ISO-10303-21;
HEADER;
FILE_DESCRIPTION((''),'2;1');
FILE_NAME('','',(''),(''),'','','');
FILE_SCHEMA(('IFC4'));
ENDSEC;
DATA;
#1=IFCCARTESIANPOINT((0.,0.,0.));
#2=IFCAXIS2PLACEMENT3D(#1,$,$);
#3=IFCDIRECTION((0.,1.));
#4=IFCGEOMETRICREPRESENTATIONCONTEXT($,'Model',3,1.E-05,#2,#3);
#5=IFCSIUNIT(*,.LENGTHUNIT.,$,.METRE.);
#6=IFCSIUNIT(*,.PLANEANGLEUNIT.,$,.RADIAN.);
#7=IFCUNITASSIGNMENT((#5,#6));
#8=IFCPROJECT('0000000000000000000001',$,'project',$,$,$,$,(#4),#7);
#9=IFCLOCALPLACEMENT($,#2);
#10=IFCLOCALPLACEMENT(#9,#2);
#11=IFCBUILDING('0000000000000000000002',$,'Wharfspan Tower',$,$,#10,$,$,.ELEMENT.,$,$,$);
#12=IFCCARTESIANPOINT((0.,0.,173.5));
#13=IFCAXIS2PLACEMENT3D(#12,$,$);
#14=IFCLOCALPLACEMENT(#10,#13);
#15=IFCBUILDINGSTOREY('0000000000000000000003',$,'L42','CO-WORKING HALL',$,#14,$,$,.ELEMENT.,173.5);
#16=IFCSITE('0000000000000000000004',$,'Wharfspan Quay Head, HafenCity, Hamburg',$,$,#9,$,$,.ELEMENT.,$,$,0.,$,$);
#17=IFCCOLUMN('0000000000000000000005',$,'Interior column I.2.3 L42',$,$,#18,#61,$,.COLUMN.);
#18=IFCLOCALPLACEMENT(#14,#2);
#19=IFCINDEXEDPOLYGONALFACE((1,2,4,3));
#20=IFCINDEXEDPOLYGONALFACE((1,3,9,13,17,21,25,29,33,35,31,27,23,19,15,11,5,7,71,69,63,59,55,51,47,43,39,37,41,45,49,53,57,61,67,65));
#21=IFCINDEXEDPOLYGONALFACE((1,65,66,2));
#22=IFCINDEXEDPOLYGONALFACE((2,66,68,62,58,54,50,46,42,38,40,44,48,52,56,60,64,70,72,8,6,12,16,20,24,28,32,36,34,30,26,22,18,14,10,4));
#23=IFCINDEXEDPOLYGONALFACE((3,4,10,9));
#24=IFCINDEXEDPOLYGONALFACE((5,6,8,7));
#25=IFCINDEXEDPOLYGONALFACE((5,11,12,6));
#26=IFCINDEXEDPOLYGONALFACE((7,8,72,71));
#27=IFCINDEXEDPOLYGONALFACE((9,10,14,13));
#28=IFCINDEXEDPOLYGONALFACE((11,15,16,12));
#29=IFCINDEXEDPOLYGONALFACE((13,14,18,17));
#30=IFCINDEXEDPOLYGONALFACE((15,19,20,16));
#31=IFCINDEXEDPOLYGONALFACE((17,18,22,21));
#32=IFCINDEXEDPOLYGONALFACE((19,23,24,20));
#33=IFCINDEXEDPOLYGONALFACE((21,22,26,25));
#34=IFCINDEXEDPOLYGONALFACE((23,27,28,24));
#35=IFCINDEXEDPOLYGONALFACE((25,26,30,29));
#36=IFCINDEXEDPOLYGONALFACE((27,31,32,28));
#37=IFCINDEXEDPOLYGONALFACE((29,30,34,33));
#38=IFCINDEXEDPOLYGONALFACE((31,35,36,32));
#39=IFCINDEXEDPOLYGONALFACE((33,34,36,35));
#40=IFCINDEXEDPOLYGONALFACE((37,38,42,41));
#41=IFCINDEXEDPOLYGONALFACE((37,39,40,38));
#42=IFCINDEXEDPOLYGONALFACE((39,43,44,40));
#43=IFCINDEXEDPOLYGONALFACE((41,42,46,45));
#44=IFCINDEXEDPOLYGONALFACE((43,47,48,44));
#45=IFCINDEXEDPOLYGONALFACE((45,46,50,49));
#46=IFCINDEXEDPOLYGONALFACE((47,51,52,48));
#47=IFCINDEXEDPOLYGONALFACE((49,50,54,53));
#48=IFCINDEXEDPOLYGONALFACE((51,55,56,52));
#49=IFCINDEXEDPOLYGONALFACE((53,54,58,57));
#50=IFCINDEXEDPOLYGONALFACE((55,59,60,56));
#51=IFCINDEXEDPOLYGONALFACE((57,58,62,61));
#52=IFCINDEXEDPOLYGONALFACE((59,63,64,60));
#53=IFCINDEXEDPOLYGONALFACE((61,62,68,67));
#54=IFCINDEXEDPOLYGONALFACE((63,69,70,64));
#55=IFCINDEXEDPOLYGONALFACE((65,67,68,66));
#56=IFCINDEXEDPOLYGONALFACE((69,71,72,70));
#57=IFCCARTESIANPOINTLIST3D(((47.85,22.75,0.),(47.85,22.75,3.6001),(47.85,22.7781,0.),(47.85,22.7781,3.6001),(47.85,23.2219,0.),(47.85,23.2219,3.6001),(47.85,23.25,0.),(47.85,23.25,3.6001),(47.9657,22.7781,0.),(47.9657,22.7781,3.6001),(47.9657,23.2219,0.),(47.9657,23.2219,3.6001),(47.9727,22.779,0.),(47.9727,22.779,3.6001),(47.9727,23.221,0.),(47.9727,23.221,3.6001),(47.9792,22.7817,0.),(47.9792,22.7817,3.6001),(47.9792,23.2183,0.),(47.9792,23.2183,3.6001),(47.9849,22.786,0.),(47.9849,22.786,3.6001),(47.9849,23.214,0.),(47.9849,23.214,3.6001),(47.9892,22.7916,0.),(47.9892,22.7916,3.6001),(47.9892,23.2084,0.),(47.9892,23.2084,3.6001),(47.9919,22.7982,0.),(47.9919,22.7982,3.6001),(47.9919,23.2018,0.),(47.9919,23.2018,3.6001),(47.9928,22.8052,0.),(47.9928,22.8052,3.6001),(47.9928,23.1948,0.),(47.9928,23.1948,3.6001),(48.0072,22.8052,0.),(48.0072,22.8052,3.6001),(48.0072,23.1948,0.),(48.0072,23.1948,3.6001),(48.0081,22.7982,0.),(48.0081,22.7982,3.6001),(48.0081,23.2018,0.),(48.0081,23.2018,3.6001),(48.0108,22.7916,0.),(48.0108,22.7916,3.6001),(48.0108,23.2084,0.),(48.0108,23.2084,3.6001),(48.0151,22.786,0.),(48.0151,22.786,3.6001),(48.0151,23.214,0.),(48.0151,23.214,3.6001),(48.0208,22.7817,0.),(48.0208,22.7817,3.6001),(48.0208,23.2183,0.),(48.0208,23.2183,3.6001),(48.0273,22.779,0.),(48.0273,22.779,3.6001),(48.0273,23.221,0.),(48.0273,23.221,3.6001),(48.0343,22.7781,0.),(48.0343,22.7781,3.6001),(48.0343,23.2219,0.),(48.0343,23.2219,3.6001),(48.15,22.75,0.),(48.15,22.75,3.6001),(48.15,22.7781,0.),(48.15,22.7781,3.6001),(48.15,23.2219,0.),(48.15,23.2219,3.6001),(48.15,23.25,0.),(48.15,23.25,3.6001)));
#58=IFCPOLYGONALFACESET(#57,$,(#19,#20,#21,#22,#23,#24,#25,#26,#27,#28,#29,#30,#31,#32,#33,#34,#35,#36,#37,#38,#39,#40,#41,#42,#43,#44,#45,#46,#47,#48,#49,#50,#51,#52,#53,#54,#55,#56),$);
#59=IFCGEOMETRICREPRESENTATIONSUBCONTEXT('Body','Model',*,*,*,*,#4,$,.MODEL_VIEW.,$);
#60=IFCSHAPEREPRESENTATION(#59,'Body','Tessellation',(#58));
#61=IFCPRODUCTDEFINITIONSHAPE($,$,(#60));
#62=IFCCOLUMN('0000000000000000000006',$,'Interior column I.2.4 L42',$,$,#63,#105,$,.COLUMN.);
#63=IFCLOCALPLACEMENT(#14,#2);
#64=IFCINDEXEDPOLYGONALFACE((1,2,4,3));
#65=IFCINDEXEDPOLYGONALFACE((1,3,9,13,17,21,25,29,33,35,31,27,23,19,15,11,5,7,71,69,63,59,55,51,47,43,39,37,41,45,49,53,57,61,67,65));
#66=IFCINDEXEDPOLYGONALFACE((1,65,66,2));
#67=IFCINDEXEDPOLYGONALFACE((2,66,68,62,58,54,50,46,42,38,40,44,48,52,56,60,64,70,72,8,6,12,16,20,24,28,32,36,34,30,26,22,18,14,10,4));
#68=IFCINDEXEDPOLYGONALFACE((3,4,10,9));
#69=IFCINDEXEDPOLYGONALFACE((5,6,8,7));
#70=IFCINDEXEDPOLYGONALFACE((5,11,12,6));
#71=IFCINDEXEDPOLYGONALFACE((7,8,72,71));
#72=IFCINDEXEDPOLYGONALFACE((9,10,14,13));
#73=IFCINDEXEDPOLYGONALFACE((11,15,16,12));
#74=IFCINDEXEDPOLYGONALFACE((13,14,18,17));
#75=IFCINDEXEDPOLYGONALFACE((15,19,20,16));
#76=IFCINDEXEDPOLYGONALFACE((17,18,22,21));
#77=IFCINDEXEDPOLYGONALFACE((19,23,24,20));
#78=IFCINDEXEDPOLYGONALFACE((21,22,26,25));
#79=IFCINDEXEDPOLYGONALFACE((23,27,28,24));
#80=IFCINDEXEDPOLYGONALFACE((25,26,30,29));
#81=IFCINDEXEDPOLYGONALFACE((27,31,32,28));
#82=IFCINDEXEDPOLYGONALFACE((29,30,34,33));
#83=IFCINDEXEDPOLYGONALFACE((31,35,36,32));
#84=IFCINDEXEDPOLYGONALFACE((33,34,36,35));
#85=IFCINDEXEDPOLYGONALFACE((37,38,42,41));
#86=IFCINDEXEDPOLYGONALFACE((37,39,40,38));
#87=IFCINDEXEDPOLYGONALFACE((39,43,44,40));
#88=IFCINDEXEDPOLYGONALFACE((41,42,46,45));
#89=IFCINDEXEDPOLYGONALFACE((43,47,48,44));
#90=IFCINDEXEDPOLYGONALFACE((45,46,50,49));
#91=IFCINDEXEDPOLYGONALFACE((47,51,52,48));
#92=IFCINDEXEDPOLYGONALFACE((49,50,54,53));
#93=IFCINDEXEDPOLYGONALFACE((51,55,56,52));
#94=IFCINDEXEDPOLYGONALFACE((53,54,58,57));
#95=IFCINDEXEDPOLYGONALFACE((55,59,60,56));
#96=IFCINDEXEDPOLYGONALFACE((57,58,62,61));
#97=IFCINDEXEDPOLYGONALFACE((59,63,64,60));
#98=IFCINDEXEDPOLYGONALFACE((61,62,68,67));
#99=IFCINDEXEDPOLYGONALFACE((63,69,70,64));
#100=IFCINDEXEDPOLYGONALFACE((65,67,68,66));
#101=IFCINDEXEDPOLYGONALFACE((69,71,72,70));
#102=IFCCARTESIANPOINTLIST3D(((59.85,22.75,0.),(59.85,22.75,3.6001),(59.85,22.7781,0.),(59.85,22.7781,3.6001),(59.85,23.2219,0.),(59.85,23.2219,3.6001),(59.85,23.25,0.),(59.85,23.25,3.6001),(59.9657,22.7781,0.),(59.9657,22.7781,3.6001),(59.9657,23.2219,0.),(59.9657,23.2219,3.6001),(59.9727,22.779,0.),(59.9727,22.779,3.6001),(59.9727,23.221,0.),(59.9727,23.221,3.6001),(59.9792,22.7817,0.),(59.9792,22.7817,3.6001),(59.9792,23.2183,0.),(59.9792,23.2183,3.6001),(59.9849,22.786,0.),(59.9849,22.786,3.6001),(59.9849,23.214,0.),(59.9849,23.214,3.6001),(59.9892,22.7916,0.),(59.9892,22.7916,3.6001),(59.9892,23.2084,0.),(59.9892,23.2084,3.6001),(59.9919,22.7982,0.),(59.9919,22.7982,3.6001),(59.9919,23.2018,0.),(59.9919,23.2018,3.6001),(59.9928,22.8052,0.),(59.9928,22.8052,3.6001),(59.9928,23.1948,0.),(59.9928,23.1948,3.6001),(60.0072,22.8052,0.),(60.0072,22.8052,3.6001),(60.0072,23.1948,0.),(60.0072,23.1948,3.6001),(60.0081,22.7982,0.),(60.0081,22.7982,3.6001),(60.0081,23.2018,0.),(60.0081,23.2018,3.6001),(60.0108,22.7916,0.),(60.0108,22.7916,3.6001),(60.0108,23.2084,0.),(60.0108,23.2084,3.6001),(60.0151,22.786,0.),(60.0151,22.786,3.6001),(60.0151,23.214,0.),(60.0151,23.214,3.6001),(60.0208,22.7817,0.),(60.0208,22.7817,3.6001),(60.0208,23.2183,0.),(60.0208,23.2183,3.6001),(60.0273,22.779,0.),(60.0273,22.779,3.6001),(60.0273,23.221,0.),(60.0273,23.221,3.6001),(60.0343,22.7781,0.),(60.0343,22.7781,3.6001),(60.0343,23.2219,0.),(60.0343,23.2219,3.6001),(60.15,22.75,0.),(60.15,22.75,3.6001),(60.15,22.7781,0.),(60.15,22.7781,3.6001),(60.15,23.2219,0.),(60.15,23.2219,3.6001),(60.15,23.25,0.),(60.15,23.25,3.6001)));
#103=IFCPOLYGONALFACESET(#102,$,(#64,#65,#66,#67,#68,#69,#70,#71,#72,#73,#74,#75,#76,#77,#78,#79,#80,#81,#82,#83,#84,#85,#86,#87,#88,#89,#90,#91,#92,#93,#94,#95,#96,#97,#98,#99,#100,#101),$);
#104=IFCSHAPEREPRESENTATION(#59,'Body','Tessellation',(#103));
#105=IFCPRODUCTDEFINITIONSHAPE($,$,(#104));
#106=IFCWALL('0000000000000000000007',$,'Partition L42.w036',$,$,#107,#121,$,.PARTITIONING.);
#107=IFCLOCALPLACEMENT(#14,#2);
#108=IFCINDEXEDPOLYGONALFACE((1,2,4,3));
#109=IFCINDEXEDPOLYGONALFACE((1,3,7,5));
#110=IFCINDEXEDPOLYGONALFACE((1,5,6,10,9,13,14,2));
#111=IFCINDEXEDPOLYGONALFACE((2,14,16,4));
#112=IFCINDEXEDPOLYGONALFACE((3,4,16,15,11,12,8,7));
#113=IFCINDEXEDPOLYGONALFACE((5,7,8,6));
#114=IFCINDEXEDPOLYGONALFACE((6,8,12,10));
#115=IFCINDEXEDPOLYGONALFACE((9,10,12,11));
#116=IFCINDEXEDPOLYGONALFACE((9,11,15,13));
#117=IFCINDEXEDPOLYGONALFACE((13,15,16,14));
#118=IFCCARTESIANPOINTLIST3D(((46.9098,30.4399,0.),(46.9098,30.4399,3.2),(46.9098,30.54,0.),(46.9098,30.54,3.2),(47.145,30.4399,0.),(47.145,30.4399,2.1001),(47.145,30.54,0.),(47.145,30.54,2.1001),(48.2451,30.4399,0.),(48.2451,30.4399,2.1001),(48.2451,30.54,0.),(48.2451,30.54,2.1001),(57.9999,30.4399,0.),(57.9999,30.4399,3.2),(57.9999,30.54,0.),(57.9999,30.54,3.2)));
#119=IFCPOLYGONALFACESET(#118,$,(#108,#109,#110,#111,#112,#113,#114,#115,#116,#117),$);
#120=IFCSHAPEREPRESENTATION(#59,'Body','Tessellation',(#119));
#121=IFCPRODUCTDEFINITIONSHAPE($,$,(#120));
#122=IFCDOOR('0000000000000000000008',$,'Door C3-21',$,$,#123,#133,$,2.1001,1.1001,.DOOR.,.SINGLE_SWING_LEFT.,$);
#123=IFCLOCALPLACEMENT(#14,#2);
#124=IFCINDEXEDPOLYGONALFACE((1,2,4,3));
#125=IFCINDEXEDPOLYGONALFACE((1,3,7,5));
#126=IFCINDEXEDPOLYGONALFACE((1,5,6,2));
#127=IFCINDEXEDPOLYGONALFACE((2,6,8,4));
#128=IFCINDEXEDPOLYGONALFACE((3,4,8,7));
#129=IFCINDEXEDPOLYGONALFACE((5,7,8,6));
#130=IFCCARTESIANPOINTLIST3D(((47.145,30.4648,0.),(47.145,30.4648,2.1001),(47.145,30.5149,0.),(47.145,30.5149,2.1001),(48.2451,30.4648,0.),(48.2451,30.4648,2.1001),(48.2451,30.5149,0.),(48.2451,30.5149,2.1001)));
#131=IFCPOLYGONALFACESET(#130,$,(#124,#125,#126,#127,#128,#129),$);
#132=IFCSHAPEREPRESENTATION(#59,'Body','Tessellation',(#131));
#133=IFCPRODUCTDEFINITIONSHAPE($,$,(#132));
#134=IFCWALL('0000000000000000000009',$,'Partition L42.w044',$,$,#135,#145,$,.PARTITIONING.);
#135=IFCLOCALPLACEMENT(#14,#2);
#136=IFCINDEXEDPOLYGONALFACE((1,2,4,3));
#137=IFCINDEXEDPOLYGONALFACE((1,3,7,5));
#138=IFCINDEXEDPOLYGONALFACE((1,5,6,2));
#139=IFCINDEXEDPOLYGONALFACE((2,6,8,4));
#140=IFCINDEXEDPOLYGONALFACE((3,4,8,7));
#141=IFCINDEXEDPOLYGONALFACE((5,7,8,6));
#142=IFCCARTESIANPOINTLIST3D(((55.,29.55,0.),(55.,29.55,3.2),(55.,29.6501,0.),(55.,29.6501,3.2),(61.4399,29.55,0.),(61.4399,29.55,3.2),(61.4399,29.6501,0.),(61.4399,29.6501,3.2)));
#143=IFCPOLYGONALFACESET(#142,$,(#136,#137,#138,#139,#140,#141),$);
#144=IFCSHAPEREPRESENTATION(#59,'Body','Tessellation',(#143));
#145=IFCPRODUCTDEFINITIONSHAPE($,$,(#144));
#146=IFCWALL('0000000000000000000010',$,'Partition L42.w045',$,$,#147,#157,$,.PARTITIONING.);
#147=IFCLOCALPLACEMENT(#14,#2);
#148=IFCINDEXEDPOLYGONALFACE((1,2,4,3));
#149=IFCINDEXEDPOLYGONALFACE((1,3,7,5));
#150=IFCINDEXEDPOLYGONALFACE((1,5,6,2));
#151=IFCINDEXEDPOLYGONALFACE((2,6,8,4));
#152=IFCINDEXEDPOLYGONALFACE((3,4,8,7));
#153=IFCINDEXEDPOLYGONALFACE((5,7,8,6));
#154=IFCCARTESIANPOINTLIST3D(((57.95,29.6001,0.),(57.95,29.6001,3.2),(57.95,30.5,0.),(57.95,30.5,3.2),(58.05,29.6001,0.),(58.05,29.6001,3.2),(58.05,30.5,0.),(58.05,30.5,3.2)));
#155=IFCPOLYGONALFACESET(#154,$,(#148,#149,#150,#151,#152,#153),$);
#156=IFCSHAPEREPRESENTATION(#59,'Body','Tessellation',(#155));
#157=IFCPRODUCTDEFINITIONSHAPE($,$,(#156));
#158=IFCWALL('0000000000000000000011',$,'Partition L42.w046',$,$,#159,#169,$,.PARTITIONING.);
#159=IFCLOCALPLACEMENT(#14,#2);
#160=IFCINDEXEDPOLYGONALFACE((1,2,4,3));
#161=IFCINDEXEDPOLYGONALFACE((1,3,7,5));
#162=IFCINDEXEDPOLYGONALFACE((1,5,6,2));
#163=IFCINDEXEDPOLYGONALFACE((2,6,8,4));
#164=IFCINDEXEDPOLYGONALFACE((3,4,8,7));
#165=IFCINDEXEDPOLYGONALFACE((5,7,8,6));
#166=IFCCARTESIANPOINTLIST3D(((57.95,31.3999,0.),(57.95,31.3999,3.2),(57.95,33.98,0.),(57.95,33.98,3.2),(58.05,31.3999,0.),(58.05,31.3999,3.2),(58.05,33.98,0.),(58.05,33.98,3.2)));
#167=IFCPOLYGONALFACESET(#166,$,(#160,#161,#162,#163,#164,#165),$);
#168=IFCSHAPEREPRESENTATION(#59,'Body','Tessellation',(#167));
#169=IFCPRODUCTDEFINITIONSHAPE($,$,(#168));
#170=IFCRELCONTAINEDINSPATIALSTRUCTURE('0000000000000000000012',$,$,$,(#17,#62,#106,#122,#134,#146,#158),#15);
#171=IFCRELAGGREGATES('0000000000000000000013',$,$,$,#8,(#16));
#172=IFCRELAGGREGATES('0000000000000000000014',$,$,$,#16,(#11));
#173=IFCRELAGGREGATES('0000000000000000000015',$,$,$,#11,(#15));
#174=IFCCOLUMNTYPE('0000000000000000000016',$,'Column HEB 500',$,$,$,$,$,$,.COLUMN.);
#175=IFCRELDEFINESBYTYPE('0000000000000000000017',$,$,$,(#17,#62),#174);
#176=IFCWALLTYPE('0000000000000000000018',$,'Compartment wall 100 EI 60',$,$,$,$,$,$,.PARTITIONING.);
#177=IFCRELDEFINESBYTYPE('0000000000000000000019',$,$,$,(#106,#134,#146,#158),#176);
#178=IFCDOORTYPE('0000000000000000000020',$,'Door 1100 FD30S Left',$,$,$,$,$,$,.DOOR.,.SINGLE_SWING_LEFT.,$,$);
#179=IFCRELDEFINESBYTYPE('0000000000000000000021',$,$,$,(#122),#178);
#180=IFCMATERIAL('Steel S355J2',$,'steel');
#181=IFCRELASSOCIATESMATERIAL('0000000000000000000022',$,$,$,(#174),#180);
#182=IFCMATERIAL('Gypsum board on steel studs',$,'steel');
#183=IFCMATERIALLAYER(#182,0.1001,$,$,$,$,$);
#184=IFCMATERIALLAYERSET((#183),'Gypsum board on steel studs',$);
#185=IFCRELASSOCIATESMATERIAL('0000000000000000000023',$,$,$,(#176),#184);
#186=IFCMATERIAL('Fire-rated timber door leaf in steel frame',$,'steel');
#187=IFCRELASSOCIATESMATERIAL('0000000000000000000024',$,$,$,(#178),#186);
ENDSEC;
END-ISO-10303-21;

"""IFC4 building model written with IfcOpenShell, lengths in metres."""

from ifc_helpers import new_model, si_unit, direction, frame, frame_2d, origin, origin_2d, place, context, subcontext, project, spatial, rectangle, i_section, extrude, material, layer, layer_set, material_profile, profile_set, type_object, element, fill, save


model = new_model("IFC4")

# Units and contexts
model_context = context("Model", 3, precision=1e-05, world=origin(), true_north=direction((0.0, 1.0)))
body_context = subcontext(model_context, "Body", "Model", "MODEL_VIEW")
ifc_project = project(units=[si_unit("LENGTHUNIT", "METRE"), si_unit("PLANEANGLEUNIT", "RADIAN")], contexts=[model_context])

# Site, building, storey
site_placement = place(None, origin())
site = spatial("IfcSite", under=ifc_project, at=site_placement, Name="Wharfspan Quay Head, HafenCity, Hamburg", CompositionType="ELEMENT", RefElevation=0.0)
building_placement = place(site_placement, origin())
building = spatial("IfcBuilding", under=site, at=building_placement, Name="Wharfspan Tower", CompositionType="ELEMENT")
storey_placement = place(building_placement, frame((0.0, 0.0, 173.5)))
storey = spatial("IfcBuildingStorey", under=building, at=storey_placement, Name="L42", Description="CO-WORKING HALL", CompositionType="ELEMENT", Elevation=173.5)

# Columns
ifc_material_1 = material(Name="Steel S355J2", Category="steel")
ifc_material_profile = material_profile(ifc_material_1, i_section(OverallWidth=0.3, OverallDepth=0.5, WebThickness=0.0144, FlangeThickness=0.0281, FilletRadius=0.0271, at=origin_2d()))
ifc_profile_set = profile_set([ifc_material_profile], Name="Steel S355J2")
column_type = type_object("IfcColumnType", Name="Column HEB 500", PredefinedType="COLUMN", material=ifc_profile_set)
for number, where, z_axis, x_axis, name in (
    (1, (48.0, 23.0, 0.0), (0.0, 0.0, 1.0), (1.0, 0.0, 0.0), "Interior column I.2.3 L42"),
    (2, (60.0, 23.0, 0.0), (0.0, 0.0, 1.0), (1.0, 0.0, 0.0), "Interior column I.2.4 L42"),
):
    element("IfcColumn", number, at=place(storey_placement, frame(where, z_axis=z_axis, x_axis=x_axis)), inside=storey, type_object=column_type, Name=name, PredefinedType="COLUMN", context=body_context, shape_type="SweptSolid", body=[
        extrude(i_section(OverallWidth=0.3, OverallDepth=0.5, WebThickness=0.0144, FlangeThickness=0.0281, FilletRadius=0.0271, at=origin_2d()), origin(), (0.0, 0.0, 1.0), 3.6001),
    ])

# Wall, opening, door
ifc_material_2 = material(Name="Gypsum board on steel studs", Category="steel")
ifc_layer_1 = layer(ifc_material_2, 0.1001)
ifc_layer_set_1 = layer_set([ifc_layer_1], Name="Gypsum board on steel studs")
wall_type_1 = type_object("IfcWallType", Name="Compartment wall 100 EI 60", PredefinedType="PARTITIONING", material=ifc_layer_set_1)
wall_1_placement = place(storey_placement, frame((46.9099, 30.49, 0.0), z_axis=(0.0, 0.0, 1.0), x_axis=(1.0, 0.0, 0.0)))
wall_1 = element("IfcWall", 3, at=wall_1_placement, inside=storey, type_object=wall_type_1, Name="Partition L42.w036", PredefinedType="PARTITIONING", context=body_context, shape_type="SweptSolid", body=[
    extrude(rectangle(XDim=11.0901, YDim=0.1001, at=frame_2d((5.5449, 0.0))), origin(), (0.0, 0.0, 1.0), 3.2),
])
opening_1_placement = place(wall_1_placement, frame((0.2351, 0.0, 0.0)))
opening_1 = element("IfcOpeningElement", 4, at=opening_1_placement, cuts=wall_1, PredefinedType="OPENING", context=body_context, shape_type="SweptSolid", body=[
    extrude(rectangle(XDim=1.1001, YDim=2.1001, at=frame_2d((0.55, 1.05))), frame((0.0, 0.0601, 0.0), z_axis=(0.0, -1.0, 0.0), x_axis=(1.0, 0.0, 0.0)), (0.0, 0.0, 1.0), 0.1201),
])
ifc_material_3 = material(Name="Fire-rated timber door leaf in steel frame", Category="steel")
door_type_1 = type_object("IfcDoorType", Name="Door 1100 FD30S Left", OperationType="SINGLE_SWING_LEFT", PredefinedType="DOOR", material=ifc_material_3)
door_1_placement = place(opening_1_placement, origin())
door_1 = element("IfcDoor", 5, at=door_1_placement, inside=storey, type_object=door_type_1, Name="Door C3-21", OperationType="SINGLE_SWING_LEFT", OverallHeight=2.1001, OverallWidth=1.1001, PredefinedType="DOOR", context=body_context, shape_type="SweptSolid", body=[
    extrude(rectangle(XDim=1.1001, YDim=2.1001, at=frame_2d((0.55, 1.05))), frame((0.0, 0.0249, 0.0), z_axis=(0.0, -1.0, 0.0), x_axis=(1.0, 0.0, 0.0)), (0.0, 0.0, 1.0), 0.05),
])
fill(opening_1, door_1)

# Walls
wall_2_placement = place(storey_placement, frame((55.0, 29.6001, 0.0), z_axis=(0.0, 0.0, 1.0), x_axis=(1.0, 0.0, 0.0)))
element("IfcWall", 6, at=wall_2_placement, inside=storey, type_object=wall_type_1, Name="Partition L42.w044", PredefinedType="PARTITIONING", context=body_context, shape_type="SweptSolid", body=[
    extrude(rectangle(XDim=6.4399, YDim=0.1001, at=frame_2d((3.22, 0.0))), origin(), (0.0, 0.0, 1.0), 3.2),
])
wall_3_placement = place(storey_placement, frame((58.0, 29.6001, 0.0), z_axis=(0.0, 0.0, 1.0), x_axis=(0.0, 1.0, 0.0)))
element("IfcWall", 7, at=wall_3_placement, inside=storey, type_object=wall_type_1, Name="Partition L42.w045", PredefinedType="PARTITIONING", context=body_context, shape_type="SweptSolid", body=[
    extrude(rectangle(XDim=0.8999, YDim=0.1001, at=frame_2d((0.45, 0.0))), origin(), (0.0, 0.0, 1.0), 3.2),
])
wall_4_placement = place(storey_placement, frame((58.0, 31.3999, 0.0), z_axis=(0.0, 0.0, 1.0), x_axis=(0.0, 1.0, 0.0)))
element("IfcWall", 8, at=wall_4_placement, inside=storey, type_object=wall_type_1, Name="Partition L42.w046", PredefinedType="PARTITIONING", context=body_context, shape_type="SweptSolid", body=[
    extrude(rectangle(XDim=2.5801, YDim=0.1001, at=frame_2d((1.29, 0.0))), origin(), (0.0, 0.0, 1.0), 3.2),
])

save(model, "model.ifc")
